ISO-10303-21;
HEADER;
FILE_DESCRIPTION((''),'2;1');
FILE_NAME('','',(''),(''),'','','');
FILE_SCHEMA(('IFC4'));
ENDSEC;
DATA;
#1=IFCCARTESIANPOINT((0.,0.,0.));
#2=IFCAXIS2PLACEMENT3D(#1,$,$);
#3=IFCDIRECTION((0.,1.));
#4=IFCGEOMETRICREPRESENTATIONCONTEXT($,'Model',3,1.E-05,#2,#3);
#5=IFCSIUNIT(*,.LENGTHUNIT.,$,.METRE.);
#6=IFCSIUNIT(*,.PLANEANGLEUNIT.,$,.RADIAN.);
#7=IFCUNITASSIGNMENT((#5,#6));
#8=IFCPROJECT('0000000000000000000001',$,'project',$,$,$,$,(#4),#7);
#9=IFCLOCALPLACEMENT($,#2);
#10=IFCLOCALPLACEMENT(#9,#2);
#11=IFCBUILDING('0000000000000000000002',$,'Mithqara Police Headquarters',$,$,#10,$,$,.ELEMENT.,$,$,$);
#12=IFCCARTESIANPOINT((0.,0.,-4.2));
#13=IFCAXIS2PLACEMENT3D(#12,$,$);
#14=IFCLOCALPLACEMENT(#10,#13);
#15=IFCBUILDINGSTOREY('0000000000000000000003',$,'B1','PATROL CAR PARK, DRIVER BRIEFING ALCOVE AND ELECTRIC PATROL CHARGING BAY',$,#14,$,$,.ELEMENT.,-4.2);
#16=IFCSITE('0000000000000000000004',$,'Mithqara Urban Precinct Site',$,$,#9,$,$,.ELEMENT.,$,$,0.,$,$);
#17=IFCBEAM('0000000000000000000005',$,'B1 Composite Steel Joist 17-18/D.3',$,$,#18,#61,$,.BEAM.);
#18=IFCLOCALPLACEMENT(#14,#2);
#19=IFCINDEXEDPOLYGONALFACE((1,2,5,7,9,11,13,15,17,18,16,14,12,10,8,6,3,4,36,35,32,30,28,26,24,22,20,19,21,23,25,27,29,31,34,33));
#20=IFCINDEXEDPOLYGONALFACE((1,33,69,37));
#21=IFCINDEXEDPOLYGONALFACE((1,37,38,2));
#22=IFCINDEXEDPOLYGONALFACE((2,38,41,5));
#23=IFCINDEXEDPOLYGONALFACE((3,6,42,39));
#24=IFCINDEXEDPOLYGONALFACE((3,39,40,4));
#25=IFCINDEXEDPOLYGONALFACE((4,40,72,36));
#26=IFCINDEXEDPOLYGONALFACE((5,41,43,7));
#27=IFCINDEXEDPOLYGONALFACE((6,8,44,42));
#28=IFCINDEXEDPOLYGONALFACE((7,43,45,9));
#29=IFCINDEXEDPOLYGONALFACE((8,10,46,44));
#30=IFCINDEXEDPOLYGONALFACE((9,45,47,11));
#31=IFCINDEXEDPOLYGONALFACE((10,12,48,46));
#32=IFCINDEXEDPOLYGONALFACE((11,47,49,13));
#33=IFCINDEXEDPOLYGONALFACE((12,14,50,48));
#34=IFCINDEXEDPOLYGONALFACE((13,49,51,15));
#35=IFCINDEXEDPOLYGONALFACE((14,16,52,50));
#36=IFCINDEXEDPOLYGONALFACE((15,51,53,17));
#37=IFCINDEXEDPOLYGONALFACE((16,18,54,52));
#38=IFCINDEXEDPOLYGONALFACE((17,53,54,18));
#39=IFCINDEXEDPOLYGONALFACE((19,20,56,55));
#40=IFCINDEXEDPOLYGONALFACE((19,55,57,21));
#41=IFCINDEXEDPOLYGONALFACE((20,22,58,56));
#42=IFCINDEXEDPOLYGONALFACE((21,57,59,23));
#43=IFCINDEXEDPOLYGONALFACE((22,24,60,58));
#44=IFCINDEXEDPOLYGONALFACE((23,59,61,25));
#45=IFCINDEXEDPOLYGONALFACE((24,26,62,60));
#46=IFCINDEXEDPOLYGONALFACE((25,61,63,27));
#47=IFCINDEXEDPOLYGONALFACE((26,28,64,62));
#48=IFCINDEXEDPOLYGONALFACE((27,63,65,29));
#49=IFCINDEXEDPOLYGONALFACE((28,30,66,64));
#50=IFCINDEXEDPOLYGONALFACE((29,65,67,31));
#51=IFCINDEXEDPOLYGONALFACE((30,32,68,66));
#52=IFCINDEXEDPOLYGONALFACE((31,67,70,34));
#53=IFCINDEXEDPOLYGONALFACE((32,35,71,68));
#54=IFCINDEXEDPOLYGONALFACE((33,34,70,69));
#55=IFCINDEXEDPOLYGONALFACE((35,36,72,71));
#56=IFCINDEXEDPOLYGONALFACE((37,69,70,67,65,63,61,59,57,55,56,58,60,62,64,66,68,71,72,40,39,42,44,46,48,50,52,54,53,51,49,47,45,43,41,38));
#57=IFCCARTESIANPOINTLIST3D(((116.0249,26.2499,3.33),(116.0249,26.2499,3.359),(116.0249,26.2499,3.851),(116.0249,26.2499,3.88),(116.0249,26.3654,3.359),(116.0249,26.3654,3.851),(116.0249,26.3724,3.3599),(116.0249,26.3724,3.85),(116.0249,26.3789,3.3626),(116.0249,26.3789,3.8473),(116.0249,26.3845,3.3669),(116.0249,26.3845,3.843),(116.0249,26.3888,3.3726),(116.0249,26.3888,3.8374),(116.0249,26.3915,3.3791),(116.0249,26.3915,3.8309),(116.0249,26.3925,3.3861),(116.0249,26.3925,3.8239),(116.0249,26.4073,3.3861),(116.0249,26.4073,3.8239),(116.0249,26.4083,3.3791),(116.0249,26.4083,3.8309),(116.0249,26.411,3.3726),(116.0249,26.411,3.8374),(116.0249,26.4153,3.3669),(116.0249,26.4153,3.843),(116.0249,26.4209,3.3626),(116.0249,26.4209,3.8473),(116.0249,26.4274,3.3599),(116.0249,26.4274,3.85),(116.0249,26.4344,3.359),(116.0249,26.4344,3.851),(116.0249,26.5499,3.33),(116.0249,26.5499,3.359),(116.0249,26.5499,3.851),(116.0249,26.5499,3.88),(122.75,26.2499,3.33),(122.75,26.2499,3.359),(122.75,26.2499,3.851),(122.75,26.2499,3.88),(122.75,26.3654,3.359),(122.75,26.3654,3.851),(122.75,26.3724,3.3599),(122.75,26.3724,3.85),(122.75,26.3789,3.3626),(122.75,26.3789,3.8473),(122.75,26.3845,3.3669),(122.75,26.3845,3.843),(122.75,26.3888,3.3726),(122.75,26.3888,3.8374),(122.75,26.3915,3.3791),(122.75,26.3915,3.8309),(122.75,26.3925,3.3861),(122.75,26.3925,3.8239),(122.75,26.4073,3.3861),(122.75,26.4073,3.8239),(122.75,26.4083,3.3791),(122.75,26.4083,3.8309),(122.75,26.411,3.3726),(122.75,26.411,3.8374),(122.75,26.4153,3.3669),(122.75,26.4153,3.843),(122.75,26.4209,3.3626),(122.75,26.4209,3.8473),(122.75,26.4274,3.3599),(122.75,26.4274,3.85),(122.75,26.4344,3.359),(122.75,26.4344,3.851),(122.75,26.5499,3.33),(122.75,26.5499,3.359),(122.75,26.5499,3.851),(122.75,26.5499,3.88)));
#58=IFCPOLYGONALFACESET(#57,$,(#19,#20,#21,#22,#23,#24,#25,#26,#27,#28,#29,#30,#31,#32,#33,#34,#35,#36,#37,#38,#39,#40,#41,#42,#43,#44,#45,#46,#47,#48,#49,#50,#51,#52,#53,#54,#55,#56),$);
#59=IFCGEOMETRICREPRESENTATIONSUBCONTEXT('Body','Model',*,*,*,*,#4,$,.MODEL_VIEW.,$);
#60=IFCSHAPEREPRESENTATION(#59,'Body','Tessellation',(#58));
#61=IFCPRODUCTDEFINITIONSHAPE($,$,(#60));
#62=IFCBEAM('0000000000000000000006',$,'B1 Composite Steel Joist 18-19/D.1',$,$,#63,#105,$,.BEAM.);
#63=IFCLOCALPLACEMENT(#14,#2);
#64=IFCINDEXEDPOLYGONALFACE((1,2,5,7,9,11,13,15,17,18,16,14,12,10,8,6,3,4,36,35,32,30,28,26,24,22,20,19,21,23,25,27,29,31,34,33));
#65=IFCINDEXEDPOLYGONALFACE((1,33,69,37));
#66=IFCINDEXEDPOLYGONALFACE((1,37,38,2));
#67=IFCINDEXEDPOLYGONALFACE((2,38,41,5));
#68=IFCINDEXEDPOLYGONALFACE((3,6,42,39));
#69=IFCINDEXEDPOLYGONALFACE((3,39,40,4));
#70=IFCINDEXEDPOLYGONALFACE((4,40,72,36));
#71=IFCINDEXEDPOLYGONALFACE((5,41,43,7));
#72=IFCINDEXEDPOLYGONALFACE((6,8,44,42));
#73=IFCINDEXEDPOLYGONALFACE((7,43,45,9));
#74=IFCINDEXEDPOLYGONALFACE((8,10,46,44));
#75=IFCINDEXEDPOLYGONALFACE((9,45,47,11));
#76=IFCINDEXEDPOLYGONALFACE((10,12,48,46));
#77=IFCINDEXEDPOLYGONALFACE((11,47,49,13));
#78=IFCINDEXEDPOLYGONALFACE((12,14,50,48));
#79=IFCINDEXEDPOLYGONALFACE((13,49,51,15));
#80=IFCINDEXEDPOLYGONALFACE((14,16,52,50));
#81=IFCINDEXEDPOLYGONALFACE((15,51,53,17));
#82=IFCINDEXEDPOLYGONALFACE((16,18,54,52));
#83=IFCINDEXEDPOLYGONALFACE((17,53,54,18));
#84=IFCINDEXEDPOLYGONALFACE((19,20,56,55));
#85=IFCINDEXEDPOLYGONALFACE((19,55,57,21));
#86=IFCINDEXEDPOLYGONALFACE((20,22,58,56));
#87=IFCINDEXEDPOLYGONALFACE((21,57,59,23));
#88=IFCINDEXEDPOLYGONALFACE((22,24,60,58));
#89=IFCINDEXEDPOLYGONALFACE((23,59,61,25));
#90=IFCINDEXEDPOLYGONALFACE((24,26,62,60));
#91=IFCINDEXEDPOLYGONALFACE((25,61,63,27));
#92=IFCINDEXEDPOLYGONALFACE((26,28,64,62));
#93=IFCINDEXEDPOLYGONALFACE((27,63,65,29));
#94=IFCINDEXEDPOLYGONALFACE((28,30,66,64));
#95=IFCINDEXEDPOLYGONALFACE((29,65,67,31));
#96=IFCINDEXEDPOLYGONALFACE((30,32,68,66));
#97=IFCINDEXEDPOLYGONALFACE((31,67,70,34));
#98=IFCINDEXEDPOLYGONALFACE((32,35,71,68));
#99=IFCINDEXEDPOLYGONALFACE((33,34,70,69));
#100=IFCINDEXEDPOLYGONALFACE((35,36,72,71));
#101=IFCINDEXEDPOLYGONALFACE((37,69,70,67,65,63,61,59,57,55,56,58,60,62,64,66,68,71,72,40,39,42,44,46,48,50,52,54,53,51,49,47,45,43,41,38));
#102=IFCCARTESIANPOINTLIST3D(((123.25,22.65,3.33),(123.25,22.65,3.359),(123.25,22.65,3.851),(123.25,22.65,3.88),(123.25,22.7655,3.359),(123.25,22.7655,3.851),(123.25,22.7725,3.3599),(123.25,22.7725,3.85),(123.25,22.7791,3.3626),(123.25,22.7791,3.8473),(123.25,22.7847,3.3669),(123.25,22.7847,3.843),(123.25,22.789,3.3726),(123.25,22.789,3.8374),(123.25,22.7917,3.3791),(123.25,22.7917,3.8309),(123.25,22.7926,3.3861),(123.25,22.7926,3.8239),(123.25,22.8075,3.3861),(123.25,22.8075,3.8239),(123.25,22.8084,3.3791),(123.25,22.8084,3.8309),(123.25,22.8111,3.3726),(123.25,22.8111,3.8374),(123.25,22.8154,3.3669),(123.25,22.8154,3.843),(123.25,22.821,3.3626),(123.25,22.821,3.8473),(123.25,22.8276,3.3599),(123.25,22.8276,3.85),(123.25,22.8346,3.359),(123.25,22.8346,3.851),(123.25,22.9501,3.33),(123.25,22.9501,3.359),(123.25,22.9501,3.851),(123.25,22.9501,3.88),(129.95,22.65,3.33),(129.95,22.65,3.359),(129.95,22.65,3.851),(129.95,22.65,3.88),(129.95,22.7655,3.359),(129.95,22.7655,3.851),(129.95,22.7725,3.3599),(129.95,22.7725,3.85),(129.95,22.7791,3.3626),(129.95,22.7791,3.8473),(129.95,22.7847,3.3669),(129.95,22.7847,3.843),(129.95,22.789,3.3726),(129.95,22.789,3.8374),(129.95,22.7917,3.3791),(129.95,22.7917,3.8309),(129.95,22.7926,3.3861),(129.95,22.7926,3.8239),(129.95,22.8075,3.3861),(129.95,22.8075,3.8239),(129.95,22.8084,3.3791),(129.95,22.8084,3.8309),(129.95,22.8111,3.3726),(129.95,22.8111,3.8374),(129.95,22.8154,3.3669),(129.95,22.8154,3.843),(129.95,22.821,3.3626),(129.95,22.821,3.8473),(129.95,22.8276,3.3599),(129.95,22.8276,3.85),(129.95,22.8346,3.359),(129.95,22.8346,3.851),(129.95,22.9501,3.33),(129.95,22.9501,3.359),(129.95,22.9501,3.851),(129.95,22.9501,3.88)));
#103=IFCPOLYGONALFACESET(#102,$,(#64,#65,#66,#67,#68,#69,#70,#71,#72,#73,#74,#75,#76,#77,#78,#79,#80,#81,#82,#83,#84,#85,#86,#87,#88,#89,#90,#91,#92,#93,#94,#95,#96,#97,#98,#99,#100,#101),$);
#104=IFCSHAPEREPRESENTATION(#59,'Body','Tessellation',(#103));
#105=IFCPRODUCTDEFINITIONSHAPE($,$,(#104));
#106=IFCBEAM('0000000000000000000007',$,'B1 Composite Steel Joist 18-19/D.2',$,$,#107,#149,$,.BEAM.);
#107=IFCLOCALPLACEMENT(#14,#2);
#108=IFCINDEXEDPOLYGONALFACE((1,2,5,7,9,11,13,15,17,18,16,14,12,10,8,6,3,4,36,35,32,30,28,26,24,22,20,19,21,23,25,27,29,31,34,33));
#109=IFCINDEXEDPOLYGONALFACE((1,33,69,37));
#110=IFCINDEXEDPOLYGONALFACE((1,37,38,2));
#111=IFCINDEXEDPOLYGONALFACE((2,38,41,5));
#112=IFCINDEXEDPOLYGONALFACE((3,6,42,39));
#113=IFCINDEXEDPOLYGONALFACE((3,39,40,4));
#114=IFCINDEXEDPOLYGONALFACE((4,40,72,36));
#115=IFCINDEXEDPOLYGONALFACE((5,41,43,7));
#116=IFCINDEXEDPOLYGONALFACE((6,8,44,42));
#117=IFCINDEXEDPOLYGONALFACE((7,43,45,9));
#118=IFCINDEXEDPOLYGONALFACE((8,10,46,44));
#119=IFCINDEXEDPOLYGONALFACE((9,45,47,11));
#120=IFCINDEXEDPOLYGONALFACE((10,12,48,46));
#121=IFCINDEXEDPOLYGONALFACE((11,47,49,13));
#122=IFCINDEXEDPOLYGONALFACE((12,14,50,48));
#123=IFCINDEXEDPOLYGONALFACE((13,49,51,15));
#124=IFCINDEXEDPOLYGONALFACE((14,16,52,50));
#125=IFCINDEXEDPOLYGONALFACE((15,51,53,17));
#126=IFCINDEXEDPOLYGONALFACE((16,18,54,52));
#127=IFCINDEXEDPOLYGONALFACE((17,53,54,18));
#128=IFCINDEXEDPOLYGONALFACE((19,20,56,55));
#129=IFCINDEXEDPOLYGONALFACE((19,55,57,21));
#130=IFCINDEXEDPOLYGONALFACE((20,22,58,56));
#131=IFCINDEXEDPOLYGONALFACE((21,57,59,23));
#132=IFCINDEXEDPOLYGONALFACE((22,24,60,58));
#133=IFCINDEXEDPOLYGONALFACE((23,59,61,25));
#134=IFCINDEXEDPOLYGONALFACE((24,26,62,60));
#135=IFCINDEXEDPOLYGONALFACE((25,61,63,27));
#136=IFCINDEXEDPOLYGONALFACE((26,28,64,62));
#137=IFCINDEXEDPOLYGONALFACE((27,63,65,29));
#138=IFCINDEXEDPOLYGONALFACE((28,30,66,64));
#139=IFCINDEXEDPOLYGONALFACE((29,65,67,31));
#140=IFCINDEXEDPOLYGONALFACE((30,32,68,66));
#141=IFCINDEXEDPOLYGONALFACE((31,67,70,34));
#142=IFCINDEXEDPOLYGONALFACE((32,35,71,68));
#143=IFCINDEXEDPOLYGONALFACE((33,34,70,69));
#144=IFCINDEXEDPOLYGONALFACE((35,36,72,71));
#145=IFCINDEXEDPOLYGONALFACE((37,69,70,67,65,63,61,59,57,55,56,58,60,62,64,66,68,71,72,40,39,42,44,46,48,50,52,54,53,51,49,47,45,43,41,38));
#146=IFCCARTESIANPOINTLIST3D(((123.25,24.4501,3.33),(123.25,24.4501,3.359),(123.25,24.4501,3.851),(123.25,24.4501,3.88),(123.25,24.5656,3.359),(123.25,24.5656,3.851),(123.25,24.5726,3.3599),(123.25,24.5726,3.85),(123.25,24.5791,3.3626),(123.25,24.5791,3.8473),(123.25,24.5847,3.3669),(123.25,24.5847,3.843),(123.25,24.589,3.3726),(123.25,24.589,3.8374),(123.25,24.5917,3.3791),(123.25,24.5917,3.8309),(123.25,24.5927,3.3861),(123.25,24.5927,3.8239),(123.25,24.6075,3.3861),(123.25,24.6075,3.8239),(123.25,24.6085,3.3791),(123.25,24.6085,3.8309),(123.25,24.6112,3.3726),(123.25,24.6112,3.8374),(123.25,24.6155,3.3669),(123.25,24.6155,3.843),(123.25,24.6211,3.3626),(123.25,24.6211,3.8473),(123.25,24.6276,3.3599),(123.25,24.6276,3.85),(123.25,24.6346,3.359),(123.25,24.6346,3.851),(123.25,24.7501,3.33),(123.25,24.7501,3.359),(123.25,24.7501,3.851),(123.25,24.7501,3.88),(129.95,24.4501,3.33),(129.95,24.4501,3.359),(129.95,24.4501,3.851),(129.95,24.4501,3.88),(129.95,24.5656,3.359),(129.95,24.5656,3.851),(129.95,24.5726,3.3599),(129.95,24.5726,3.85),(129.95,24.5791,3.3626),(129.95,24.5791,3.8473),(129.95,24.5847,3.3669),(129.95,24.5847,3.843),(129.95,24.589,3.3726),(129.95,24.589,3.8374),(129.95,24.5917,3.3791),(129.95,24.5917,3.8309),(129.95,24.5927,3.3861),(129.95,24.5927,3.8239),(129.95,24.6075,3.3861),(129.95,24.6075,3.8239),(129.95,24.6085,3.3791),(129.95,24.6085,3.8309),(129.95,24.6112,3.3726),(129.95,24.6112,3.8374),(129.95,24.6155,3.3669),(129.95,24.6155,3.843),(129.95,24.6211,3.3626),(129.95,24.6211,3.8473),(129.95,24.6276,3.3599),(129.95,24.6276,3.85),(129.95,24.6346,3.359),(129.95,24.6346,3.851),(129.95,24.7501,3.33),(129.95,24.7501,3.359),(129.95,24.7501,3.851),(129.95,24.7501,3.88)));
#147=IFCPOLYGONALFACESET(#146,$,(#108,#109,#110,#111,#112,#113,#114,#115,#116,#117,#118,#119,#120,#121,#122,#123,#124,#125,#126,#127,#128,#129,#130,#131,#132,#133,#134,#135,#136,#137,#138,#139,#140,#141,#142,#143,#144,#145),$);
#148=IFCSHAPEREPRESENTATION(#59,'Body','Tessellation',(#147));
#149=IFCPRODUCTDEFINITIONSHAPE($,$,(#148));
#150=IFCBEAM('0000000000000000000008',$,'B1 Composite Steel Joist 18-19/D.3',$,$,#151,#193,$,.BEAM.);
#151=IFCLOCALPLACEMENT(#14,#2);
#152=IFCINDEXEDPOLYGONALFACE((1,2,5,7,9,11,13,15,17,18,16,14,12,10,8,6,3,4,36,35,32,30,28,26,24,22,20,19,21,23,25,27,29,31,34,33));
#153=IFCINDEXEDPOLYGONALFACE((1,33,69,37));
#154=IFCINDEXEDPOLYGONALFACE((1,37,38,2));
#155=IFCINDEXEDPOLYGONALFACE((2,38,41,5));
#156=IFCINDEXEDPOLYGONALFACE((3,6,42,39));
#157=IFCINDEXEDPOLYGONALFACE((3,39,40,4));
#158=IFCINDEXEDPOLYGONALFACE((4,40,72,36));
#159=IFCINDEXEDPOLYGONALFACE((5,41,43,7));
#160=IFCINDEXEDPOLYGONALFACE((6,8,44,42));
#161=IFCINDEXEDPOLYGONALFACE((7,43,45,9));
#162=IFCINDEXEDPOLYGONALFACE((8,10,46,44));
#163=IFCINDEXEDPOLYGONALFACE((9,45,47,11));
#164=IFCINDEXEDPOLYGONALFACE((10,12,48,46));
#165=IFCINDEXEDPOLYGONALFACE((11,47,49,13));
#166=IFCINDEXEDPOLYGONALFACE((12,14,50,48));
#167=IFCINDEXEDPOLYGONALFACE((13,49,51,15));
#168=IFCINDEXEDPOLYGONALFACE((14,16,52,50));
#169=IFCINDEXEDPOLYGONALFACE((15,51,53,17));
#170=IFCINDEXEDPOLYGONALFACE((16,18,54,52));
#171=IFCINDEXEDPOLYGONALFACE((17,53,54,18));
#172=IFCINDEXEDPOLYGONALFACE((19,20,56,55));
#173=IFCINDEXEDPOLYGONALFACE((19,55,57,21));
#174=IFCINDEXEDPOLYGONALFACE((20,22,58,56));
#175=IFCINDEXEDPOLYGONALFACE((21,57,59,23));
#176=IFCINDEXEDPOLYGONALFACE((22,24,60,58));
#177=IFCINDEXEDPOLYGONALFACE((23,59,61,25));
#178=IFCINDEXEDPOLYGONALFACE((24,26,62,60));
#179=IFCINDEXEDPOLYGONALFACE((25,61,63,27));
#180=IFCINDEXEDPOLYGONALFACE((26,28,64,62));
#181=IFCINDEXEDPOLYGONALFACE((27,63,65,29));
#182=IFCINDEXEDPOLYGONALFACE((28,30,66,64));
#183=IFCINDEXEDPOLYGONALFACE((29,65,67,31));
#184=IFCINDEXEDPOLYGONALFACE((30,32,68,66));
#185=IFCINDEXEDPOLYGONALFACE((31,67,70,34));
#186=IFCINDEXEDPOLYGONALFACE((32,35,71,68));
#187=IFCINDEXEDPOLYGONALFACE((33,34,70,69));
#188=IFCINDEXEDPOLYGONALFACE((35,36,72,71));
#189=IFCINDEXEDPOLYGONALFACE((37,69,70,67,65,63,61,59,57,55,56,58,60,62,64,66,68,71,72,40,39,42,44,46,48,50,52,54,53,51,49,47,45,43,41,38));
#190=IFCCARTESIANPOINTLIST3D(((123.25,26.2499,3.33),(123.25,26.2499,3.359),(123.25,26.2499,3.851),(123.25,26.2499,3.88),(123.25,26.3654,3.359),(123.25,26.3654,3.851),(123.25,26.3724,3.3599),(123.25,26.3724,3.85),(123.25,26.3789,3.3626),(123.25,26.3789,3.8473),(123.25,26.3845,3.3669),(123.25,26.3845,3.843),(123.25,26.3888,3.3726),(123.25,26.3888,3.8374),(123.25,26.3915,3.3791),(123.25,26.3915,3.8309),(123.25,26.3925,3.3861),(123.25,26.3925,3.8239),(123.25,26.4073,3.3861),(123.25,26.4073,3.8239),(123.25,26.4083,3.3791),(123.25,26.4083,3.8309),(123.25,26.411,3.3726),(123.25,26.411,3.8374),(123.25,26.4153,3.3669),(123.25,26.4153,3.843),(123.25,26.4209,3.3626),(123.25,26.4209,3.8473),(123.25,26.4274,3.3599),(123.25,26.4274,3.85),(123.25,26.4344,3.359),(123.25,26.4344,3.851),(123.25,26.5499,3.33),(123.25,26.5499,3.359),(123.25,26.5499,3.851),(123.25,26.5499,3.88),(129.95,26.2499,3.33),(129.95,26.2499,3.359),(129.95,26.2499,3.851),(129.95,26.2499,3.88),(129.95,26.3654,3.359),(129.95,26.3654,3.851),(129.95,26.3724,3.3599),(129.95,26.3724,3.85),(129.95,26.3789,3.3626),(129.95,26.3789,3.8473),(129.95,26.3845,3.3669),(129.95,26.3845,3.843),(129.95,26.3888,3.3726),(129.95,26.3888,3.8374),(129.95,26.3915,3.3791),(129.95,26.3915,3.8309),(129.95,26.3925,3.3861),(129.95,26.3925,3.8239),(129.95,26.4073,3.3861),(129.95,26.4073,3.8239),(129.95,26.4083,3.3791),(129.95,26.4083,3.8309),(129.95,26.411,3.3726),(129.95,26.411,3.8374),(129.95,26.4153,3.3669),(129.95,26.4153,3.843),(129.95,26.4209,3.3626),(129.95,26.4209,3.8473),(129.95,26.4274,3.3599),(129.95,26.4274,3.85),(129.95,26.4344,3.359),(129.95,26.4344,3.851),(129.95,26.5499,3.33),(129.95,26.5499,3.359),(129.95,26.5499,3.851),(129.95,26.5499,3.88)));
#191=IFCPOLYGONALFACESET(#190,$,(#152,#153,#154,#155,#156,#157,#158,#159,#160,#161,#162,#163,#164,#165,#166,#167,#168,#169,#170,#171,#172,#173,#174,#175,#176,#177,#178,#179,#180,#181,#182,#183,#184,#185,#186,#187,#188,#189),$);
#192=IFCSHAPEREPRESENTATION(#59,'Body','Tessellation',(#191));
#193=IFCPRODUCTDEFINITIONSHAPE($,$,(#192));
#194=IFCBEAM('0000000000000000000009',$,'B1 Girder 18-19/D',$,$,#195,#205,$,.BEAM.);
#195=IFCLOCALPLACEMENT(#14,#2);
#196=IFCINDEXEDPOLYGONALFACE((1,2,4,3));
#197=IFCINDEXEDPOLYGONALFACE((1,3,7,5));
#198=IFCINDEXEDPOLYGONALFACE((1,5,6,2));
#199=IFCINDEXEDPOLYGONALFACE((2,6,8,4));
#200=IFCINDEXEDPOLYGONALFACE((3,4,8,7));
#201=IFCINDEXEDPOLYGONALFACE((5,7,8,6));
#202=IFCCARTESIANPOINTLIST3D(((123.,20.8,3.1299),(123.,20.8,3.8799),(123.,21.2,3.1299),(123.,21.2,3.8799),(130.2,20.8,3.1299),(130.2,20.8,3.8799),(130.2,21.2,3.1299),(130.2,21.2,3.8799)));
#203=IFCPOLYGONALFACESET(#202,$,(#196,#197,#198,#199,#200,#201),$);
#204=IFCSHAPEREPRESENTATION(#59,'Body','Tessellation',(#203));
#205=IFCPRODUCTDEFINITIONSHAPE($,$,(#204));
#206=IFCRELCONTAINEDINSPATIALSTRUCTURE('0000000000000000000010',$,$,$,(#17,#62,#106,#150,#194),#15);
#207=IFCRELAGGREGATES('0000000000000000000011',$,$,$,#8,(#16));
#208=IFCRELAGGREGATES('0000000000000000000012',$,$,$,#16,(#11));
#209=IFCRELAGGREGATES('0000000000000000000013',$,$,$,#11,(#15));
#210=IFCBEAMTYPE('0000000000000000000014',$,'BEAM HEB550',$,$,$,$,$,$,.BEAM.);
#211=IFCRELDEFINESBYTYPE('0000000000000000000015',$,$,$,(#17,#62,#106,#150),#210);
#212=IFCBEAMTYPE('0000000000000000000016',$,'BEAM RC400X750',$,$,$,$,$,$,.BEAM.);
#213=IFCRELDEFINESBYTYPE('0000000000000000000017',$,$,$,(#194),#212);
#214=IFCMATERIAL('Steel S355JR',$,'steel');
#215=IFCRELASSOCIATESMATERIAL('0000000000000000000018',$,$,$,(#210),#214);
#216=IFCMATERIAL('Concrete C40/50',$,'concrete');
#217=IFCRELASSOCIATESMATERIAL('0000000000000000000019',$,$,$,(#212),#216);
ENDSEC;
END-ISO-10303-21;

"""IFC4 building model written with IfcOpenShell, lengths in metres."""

from ifc_helpers import new_model, si_unit, direction, frame, origin, origin_2d, place, context, subcontext, project, spatial, rectangle, i_section, extrude, material, material_profile, profile_set, type_object, element, save


model = new_model("IFC4")

# Units and contexts
model_context = context("Model", 3, precision=1e-05, world=origin(), true_north=direction((0.0, 1.0)))
body_context = subcontext(model_context, "Body", "Model", "MODEL_VIEW")
ifc_project = project(units=[si_unit("LENGTHUNIT", "METRE"), si_unit("PLANEANGLEUNIT", "RADIAN")], contexts=[model_context])

# Site, building, storey
site_placement = place(None, origin())
site = spatial("IfcSite", under=ifc_project, at=site_placement, Name="Mithqara Urban Precinct Site", CompositionType="ELEMENT", RefElevation=0.0)
building_placement = place(site_placement, origin())
building = spatial("IfcBuilding", under=site, at=building_placement, Name="Mithqara Police Headquarters", CompositionType="ELEMENT")
storey_placement = place(building_placement, frame((0.0, 0.0, -4.2)))
storey = spatial("IfcBuildingStorey", under=building, at=storey_placement, Name="B1", Description="PATROL CAR PARK, DRIVER BRIEFING ALCOVE AND ELECTRIC PATROL CHARGING BAY", CompositionType="ELEMENT", Elevation=-4.2)

# Shared definitions
ifc_material_1 = material(Name="Concrete C40/50", Category="concrete")

# Beams
ifc_material_2 = material(Name="Steel S355JR", Category="steel")
ifc_material_profile_1 = material_profile(ifc_material_2, i_section(OverallWidth=0.3, OverallDepth=0.55, WebThickness=0.0149, FlangeThickness=0.0291, FilletRadius=0.0271, at=origin_2d()), Name="HEB 550")
ifc_profile_set_1 = profile_set([ifc_material_profile_1], Name="Steel S355JR")
beam_type_1 = type_object("IfcBeamType", Name="BEAM HEB550", PredefinedType="BEAM", material=ifc_profile_set_1)
for number, where, z_axis, x_axis, name in (
    (1, (116.0249, 26.3999, 3.605), (1.0, 0.0, 0.0), (0.0, 1.0, 0.0), "B1 Composite Steel Joist 17-18/D.3"),
):
    element("IfcBeam", number, at=place(storey_placement, frame(where, z_axis=z_axis, x_axis=x_axis)), inside=storey, type_object=beam_type_1, Name=name, PredefinedType="BEAM", context=body_context, shape_type="SweptSolid", body=[
        extrude(i_section(OverallWidth=0.3, OverallDepth=0.55, WebThickness=0.0149, FlangeThickness=0.0291, FilletRadius=0.0271, at=origin_2d()), origin(), (0.0, 0.0, 1.0), 6.7251),
    ])
for number, where, z_axis, x_axis, name in (
    (2, (123.25, 22.8, 3.605), (1.0, 0.0, 0.0), (0.0, 1.0, 0.0), "B1 Composite Steel Joist 18-19/D.1"),
    (3, (123.25, 24.6001, 3.605), (1.0, 0.0, 0.0), (0.0, 1.0, 0.0), "B1 Composite Steel Joist 18-19/D.2"),
    (4, (123.25, 26.3999, 3.605), (1.0, 0.0, 0.0), (0.0, 1.0, 0.0), "B1 Composite Steel Joist 18-19/D.3"),
):
    element("IfcBeam", number, at=place(storey_placement, frame(where, z_axis=z_axis, x_axis=x_axis)), inside=storey, type_object=beam_type_1, Name=name, PredefinedType="BEAM", context=body_context, shape_type="SweptSolid", body=[
        extrude(i_section(OverallWidth=0.3, OverallDepth=0.55, WebThickness=0.0149, FlangeThickness=0.0291, FilletRadius=0.0271, at=origin_2d()), origin(), (0.0, 0.0, 1.0), 6.7),
    ])
ifc_material_profile_2 = material_profile(ifc_material_1, rectangle(XDim=0.3999, YDim=0.75, at=origin_2d()), Name="RC 400x750")
ifc_profile_set_2 = profile_set([ifc_material_profile_2], Name="Concrete C40/50")
beam_type_2 = type_object("IfcBeamType", Name="BEAM RC400X750", PredefinedType="BEAM", material=ifc_profile_set_2)
beam_1_placement = place(storey_placement, frame((123.0, 21.0, 3.5049), z_axis=(1.0, 0.0, 0.0), x_axis=(0.0, 1.0, 0.0)))
element("IfcBeam", 5, at=beam_1_placement, inside=storey, type_object=beam_type_2, Name="B1 Girder 18-19/D", PredefinedType="BEAM", context=body_context, shape_type="SweptSolid", body=[
    extrude(rectangle(XDim=0.3999, YDim=0.75, at=origin_2d()), origin(), (0.0, 0.0, 1.0), 7.2),
])

save(model, "model.ifc")
